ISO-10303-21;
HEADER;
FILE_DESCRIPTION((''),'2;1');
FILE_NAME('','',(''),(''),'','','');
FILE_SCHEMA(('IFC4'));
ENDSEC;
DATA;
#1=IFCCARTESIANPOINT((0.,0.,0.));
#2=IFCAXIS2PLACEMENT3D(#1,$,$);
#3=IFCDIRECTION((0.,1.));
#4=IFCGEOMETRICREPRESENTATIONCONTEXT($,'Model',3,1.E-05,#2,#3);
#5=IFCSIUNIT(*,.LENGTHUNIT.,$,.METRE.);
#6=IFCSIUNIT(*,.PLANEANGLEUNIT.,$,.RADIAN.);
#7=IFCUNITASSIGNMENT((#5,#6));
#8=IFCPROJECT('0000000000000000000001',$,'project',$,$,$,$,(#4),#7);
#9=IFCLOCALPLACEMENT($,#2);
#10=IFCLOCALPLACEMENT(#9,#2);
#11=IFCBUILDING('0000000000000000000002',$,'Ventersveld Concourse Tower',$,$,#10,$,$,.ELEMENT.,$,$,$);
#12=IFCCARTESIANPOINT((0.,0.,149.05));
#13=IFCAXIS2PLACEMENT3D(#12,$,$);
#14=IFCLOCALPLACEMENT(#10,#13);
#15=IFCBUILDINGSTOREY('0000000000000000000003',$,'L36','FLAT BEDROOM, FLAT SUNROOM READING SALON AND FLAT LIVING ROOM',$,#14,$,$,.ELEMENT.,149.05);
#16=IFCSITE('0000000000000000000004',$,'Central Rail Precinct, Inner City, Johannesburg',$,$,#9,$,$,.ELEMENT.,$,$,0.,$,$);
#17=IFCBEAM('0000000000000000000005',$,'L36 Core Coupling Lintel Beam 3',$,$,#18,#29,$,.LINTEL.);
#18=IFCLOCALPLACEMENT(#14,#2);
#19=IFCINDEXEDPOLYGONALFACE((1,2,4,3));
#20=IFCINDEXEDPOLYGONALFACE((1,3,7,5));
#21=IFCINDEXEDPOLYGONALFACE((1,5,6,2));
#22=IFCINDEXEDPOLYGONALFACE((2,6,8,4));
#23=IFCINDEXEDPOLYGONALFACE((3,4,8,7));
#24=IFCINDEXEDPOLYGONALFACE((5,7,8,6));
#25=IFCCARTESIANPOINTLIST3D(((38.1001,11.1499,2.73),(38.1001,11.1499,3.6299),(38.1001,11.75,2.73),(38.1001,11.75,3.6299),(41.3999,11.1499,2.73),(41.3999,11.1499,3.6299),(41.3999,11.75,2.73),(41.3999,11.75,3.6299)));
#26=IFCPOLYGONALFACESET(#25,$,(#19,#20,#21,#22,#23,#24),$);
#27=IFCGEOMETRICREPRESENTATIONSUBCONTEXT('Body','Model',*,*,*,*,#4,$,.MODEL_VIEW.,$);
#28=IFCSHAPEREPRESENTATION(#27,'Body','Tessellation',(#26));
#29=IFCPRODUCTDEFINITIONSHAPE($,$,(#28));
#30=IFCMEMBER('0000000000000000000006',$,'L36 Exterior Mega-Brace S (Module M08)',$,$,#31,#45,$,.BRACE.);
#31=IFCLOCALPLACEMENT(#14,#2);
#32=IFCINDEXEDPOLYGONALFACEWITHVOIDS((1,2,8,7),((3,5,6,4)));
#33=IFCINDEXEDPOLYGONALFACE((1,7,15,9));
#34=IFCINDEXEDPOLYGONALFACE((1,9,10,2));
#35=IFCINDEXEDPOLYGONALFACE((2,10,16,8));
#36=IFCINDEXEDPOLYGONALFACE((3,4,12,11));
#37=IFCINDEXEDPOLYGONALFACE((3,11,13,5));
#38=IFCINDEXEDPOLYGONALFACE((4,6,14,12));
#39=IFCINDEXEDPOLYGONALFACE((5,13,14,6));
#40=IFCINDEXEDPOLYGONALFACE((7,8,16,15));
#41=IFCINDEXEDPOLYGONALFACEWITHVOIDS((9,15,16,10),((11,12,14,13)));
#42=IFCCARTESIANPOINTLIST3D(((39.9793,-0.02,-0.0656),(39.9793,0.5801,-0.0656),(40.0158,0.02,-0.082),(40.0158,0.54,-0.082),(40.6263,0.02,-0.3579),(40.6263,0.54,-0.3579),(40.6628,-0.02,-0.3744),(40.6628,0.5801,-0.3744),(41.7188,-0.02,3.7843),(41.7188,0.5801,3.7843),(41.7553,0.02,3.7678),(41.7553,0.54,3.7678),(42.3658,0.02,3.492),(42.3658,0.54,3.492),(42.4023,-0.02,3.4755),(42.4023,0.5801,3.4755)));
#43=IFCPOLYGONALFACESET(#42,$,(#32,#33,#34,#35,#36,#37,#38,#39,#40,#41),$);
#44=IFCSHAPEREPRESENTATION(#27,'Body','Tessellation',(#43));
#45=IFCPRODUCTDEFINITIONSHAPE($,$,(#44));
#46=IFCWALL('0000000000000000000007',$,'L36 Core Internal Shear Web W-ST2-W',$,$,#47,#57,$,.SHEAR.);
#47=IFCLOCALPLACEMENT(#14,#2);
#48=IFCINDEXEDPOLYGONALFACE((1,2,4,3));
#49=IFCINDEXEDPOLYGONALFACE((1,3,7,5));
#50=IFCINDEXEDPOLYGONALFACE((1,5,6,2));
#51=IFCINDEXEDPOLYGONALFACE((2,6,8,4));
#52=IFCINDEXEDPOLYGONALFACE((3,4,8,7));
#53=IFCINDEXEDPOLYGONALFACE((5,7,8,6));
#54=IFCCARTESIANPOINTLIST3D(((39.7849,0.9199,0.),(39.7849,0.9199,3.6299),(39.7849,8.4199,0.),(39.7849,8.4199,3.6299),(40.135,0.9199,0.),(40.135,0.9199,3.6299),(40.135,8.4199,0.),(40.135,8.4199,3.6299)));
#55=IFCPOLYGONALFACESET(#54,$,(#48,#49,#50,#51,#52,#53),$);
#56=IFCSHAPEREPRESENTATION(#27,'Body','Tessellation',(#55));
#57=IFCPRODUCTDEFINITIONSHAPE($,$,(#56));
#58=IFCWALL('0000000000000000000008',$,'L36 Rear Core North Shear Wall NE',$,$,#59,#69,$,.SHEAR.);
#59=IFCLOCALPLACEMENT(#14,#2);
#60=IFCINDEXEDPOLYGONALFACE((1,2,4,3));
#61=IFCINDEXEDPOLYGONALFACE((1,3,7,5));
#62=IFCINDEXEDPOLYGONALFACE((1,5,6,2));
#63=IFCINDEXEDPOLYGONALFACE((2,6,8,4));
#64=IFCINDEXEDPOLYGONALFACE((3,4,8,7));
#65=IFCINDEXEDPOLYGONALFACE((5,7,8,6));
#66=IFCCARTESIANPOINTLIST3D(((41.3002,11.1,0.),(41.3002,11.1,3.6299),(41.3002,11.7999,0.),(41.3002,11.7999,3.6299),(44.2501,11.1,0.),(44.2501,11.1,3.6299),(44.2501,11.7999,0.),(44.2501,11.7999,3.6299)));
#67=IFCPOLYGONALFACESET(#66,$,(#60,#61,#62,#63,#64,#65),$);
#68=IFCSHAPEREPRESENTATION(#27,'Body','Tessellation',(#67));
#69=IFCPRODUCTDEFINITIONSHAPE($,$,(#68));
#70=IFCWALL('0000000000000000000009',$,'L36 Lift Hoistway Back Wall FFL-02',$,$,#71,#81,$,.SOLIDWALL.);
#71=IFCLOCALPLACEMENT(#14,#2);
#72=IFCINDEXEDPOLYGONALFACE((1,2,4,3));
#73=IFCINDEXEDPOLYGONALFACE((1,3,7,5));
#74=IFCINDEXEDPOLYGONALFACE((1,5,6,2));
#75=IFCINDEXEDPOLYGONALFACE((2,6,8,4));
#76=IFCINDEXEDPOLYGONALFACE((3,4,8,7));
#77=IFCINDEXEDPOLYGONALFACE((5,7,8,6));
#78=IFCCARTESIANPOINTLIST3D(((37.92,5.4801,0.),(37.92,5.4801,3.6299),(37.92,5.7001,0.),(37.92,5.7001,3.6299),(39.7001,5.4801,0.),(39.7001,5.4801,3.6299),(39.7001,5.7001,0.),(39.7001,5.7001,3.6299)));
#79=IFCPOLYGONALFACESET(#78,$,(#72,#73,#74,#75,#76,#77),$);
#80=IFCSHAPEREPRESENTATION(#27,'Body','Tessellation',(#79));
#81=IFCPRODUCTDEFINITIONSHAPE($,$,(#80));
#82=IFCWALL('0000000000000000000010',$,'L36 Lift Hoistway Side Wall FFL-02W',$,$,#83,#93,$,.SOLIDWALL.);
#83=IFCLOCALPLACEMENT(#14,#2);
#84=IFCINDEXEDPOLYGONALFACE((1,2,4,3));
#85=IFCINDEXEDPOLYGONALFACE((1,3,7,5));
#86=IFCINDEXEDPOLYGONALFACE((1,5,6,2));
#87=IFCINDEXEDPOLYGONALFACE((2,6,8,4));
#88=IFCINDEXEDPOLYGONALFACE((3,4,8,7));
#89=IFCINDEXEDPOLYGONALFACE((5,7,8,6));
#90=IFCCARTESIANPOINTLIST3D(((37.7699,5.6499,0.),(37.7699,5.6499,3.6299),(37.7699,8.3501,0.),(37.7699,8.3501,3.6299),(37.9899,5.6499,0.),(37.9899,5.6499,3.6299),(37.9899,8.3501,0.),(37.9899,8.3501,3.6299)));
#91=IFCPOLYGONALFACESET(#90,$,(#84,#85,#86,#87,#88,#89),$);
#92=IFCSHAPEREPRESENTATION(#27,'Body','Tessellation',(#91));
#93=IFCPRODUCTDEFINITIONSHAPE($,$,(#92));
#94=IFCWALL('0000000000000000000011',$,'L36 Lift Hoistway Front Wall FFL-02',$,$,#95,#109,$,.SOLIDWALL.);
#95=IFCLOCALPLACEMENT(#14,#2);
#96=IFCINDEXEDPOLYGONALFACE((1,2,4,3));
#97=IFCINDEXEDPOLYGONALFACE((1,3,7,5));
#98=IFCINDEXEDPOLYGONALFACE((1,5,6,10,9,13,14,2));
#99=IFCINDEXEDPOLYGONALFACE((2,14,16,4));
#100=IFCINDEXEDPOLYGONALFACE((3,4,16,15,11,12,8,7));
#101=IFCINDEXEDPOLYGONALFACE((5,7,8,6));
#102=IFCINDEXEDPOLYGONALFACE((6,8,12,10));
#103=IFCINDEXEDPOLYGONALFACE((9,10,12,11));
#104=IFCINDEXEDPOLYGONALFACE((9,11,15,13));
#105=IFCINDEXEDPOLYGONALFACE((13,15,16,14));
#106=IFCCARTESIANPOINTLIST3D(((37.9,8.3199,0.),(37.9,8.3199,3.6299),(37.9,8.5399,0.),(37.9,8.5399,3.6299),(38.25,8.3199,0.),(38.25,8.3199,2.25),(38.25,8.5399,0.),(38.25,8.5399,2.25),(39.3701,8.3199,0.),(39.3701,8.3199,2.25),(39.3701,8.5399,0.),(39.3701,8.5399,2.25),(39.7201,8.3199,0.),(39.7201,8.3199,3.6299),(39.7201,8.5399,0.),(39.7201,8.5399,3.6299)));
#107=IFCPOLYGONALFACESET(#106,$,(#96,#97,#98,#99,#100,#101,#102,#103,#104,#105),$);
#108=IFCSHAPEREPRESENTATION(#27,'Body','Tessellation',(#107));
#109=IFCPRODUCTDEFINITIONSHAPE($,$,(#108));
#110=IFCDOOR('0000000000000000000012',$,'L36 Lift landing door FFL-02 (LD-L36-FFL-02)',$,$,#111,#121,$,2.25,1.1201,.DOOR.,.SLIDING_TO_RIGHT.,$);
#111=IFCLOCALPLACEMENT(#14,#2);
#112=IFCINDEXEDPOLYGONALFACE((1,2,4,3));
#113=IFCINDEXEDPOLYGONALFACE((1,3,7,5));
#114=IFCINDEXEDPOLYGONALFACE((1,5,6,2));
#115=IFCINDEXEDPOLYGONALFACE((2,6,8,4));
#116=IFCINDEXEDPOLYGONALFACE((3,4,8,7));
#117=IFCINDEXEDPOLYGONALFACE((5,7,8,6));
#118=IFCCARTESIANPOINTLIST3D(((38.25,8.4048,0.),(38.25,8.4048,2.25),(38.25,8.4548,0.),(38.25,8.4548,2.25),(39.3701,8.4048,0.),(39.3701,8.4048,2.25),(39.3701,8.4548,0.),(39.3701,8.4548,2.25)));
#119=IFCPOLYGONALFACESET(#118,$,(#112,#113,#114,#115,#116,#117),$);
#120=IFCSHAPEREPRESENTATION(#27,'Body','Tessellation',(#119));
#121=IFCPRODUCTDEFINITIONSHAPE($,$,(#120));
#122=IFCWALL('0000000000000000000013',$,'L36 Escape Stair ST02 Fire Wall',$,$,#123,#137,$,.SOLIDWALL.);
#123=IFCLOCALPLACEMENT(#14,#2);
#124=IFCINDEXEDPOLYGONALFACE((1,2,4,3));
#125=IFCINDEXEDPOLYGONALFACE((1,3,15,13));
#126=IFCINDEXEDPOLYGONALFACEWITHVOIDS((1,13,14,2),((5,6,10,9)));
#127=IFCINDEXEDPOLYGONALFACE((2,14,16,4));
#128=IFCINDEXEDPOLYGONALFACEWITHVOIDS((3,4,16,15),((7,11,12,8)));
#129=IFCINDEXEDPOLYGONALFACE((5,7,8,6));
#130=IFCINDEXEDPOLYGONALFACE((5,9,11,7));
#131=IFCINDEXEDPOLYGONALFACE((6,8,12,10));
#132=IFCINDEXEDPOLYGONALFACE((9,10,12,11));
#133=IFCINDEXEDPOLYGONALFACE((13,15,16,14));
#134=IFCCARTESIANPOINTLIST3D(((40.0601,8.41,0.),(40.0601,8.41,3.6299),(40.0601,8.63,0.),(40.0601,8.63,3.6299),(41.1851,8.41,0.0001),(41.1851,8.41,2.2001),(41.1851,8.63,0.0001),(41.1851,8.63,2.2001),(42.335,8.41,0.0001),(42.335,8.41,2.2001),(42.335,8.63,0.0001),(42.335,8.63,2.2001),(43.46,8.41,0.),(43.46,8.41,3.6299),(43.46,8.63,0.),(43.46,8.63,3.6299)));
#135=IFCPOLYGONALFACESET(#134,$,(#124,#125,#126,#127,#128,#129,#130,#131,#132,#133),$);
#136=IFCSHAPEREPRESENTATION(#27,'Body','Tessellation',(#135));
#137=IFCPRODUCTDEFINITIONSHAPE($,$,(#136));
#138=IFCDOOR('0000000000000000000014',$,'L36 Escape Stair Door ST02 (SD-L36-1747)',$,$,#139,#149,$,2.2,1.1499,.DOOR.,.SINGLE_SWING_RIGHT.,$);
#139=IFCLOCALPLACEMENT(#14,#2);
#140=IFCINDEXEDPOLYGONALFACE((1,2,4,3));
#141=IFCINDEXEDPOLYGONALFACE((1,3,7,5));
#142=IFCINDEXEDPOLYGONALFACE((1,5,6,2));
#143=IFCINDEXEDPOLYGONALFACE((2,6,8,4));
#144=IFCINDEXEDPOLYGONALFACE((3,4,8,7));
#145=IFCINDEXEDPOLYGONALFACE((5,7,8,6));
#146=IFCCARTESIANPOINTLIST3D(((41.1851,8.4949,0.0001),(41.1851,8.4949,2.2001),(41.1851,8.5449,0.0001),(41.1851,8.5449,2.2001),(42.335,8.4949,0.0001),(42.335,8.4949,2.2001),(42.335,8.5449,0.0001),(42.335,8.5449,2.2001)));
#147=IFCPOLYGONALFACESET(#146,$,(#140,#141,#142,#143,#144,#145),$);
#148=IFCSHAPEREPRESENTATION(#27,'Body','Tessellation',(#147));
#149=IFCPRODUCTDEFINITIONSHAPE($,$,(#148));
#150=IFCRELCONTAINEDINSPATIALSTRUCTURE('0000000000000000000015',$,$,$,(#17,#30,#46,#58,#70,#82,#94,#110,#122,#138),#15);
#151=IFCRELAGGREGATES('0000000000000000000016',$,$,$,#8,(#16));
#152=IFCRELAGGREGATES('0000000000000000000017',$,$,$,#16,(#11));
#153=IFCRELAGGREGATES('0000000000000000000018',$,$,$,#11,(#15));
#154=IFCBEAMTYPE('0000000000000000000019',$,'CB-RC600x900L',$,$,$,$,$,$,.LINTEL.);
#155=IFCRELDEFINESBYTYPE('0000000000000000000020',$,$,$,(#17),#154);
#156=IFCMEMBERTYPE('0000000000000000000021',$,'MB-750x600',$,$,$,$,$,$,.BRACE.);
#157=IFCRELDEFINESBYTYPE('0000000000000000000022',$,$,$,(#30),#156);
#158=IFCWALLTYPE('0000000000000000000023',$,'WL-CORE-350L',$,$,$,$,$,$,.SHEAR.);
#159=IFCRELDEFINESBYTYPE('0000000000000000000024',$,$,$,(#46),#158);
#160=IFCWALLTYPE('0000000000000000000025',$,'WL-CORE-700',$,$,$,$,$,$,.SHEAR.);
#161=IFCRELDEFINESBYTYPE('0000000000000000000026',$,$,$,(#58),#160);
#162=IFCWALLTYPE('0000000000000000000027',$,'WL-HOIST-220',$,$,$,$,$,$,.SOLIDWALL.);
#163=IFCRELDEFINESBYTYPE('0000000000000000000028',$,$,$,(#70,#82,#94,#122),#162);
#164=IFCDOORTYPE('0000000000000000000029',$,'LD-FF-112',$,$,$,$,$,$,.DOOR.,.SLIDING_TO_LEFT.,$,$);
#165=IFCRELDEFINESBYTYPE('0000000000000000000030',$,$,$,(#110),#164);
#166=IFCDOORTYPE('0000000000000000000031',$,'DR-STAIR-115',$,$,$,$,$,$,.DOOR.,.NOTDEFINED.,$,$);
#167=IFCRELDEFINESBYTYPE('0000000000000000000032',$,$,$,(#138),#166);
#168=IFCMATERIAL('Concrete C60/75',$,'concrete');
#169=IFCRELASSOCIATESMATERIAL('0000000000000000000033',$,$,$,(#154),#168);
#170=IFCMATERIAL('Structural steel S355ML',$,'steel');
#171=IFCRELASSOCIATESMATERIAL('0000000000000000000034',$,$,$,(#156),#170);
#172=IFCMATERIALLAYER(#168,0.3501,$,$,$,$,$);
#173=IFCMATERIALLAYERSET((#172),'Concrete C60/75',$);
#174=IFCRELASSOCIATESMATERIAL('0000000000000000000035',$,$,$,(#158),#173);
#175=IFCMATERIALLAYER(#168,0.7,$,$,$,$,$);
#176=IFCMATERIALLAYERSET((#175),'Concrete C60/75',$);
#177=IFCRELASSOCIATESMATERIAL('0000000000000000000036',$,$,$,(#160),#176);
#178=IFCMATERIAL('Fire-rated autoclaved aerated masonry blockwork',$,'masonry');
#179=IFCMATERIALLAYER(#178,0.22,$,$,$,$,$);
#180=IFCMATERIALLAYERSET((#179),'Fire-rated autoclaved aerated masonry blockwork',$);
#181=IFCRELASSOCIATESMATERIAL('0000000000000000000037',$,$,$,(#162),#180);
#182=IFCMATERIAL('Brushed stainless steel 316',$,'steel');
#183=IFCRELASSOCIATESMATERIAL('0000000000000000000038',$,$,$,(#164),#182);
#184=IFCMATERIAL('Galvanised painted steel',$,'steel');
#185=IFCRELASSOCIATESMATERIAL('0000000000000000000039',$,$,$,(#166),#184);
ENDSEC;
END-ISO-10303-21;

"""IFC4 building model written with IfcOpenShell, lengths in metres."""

from ifc_helpers import new_model, si_unit, direction, frame, frame_2d, origin, origin_2d, place, context, subcontext, project, spatial, rectangle, hollow_rectangle, extrude, material, layer, layer_set, material_profile, profile_set, type_object, element, fill, save


model = new_model("IFC4")

# Units and contexts
model_context = context("Model", 3, precision=1e-05, world=origin(), true_north=direction((0.0, 1.0)))
body_context = subcontext(model_context, "Body", "Model", "MODEL_VIEW")
ifc_project = project(units=[si_unit("LENGTHUNIT", "METRE"), si_unit("PLANEANGLEUNIT", "RADIAN")], contexts=[model_context])

# Site, building, storey
site_placement = place(None, origin())
site = spatial("IfcSite", under=ifc_project, at=site_placement, Name="Central Rail Precinct, Inner City, Johannesburg", CompositionType="ELEMENT", RefElevation=0.0)
building_placement = place(site_placement, origin())
building = spatial("IfcBuilding", under=site, at=building_placement, Name="Ventersveld Concourse Tower", CompositionType="ELEMENT")
storey_placement = place(building_placement, frame((0.0, 0.0, 149.05)))
storey = spatial("IfcBuildingStorey", under=building, at=storey_placement, Name="L36", Description="FLAT BEDROOM, FLAT SUNROOM READING SALON AND FLAT LIVING ROOM", CompositionType="ELEMENT", Elevation=149.05)

# Beam
ifc_material_1 = material(Name="Concrete C60/75", Category="concrete")
ifc_material_profile_1 = material_profile(ifc_material_1, rectangle(XDim=0.6001, YDim=0.8999, at=origin_2d()), Name="RC 600x900")
ifc_profile_set_1 = profile_set([ifc_material_profile_1], Name="Concrete C60/75")
beam_type = type_object("IfcBeamType", Name="CB-RC600x900L", PredefinedType="LINTEL", material=ifc_profile_set_1)
beam_placement = place(storey_placement, frame((38.1001, 11.45, 3.1799), z_axis=(1.0, 0.0, 0.0), x_axis=(0.0, 1.0, 0.0)))
element("IfcBeam", 1, at=beam_placement, inside=storey, type_object=beam_type, Name="L36 Core Coupling Lintel Beam 3", PredefinedType="LINTEL", context=body_context, shape_type="SweptSolid", body=[
    extrude(rectangle(XDim=0.6001, YDim=0.8999, at=origin_2d()), origin(), (0.0, 0.0, 1.0), 3.2998),
])

# Member
ifc_material_2 = material(Name="Structural steel S355ML", Category="steel")
ifc_material_profile_2 = material_profile(ifc_material_2, hollow_rectangle(XDim=0.6001, YDim=0.75, WallThickness=0.04, at=origin_2d()), Name="BOX 750x600x40")
ifc_profile_set_2 = profile_set([ifc_material_profile_2], Name="Structural steel S355ML")
member_type = type_object("IfcMemberType", Name="MB-750x600", PredefinedType="BRACE", material=ifc_profile_set_2)
member_placement = place(storey_placement, frame((40.321, 0.28, -0.22), z_axis=(0.411755, 0.0, 0.911294), x_axis=(0.0, 1.0, 0.0)))
element("IfcMember", 2, at=member_placement, inside=storey, type_object=member_type, Name="L36 Exterior Mega-Brace S (Module M08)", PredefinedType="BRACE", context=body_context, shape_type="SweptSolid", body=[
    extrude(hollow_rectangle(XDim=0.6001, YDim=0.75, WallThickness=0.04, at=origin_2d()), origin(), (0.0, 0.0, 1.0), 4.2246),
])

# Walls
ifc_layer_1 = layer(ifc_material_1, 0.3501)
ifc_layer_set_1 = layer_set([ifc_layer_1], Name="Concrete C60/75")
wall_type_1 = type_object("IfcWallType", Name="WL-CORE-350L", PredefinedType="SHEAR", material=ifc_layer_set_1)
wall_1_placement = place(storey_placement, frame((39.96, 0.9199, 0.0), z_axis=(0.0, 0.0, 1.0), x_axis=(0.0, 1.0, 0.0)))
element("IfcWall", 3, at=wall_1_placement, inside=storey, type_object=wall_type_1, Name="L36 Core Internal Shear Web W-ST2-W", PredefinedType="SHEAR", context=body_context, shape_type="SweptSolid", body=[
    extrude(rectangle(XDim=7.5, YDim=0.3501, at=frame_2d((3.75, 0.0))), origin(), (0.0, 0.0, 1.0), 3.6299),
])
ifc_layer_2 = layer(ifc_material_1, 0.7)
ifc_layer_set_2 = layer_set([ifc_layer_2], Name="Concrete C60/75")
wall_type_2 = type_object("IfcWallType", Name="WL-CORE-700", PredefinedType="SHEAR", material=ifc_layer_set_2)
wall_2_placement = place(storey_placement, frame((41.3, 11.45, 0.0), z_axis=(0.0, 0.0, 1.0), x_axis=(1.0, 0.0, 0.0)))
element("IfcWall", 4, at=wall_2_placement, inside=storey, type_object=wall_type_2, Name="L36 Rear Core North Shear Wall NE", PredefinedType="SHEAR", context=body_context, shape_type="SweptSolid", body=[
    extrude(rectangle(XDim=2.95, YDim=0.7, at=frame_2d((1.4751, 0.0))), origin(), (0.0, 0.0, 1.0), 3.6299),
])
ifc_material_3 = material(Name="Fire-rated autoclaved aerated masonry blockwork", Category="masonry")
ifc_layer_3 = layer(ifc_material_3, 0.22)
ifc_layer_set_3 = layer_set([ifc_layer_3], Name="Fire-rated autoclaved aerated masonry blockwork")
wall_type_3 = type_object("IfcWallType", Name="WL-HOIST-220", PredefinedType="SOLIDWALL", material=ifc_layer_set_3)
wall_3_placement = place(storey_placement, frame((37.9199, 5.5901, 0.0), z_axis=(0.0, 0.0, 1.0), x_axis=(1.0, 0.0, 0.0)))
element("IfcWall", 5, at=wall_3_placement, inside=storey, type_object=wall_type_3, Name="L36 Lift Hoistway Back Wall FFL-02", PredefinedType="SOLIDWALL", context=body_context, shape_type="SweptSolid", body=[
    extrude(rectangle(XDim=1.78, YDim=0.22, at=frame_2d((0.8901, 0.0))), origin(), (0.0, 0.0, 1.0), 3.6299),
])
wall_4_placement = place(storey_placement, frame((37.8799, 5.6499, 0.0), z_axis=(0.0, 0.0, 1.0), x_axis=(0.0, 1.0, 0.0)))
element("IfcWall", 6, at=wall_4_placement, inside=storey, type_object=wall_type_3, Name="L36 Lift Hoistway Side Wall FFL-02W", PredefinedType="SOLIDWALL", context=body_context, shape_type="SweptSolid", body=[
    extrude(rectangle(XDim=2.7002, YDim=0.22, at=frame_2d((1.3501, 0.0))), origin(), (0.0, 0.0, 1.0), 3.6299),
])

# Walls, openings, doors
wall_5_placement = place(storey_placement, frame((37.8999, 8.4299, 0.0), z_axis=(0.0, 0.0, 1.0), x_axis=(1.0, 0.0, 0.0)))
wall_5 = element("IfcWall", 7, at=wall_5_placement, inside=storey, type_object=wall_type_3, Name="L36 Lift Hoistway Front Wall FFL-02", PredefinedType="SOLIDWALL", context=body_context, shape_type="SweptSolid", body=[
    extrude(rectangle(XDim=1.8201, YDim=0.22, at=frame_2d((0.9102, 0.0))), origin(), (0.0, 0.0, 1.0), 3.6299),
])
opening_1_placement = place(wall_5_placement, frame((0.3501, 0.0, 0.0)))
opening_1 = element("IfcOpeningElement", 8, at=opening_1_placement, cuts=wall_5, PredefinedType="OPENING", context=body_context, shape_type="SweptSolid", body=[
    extrude(rectangle(XDim=1.1201, YDim=2.25, at=frame_2d((0.5601, 1.125))), frame((0.0, 0.1201, 0.0), z_axis=(0.0, -1.0, 0.0), x_axis=(1.0, 0.0, 0.0)), (0.0, 0.0, 1.0), 0.24),
])
ifc_material_4 = material(Name="Brushed stainless steel 316", Category="steel")
door_type_1 = type_object("IfcDoorType", Name="LD-FF-112", OperationType="SLIDING_TO_LEFT", PredefinedType="DOOR", material=ifc_material_4)
door_1_placement = place(opening_1_placement, origin())
door_1 = element("IfcDoor", 9, at=door_1_placement, inside=storey, type_object=door_type_1, Name="L36 Lift landing door FFL-02 (LD-L36-FFL-02)", OperationType="SLIDING_TO_RIGHT", OverallHeight=2.25, OverallWidth=1.1201, PredefinedType="DOOR", context=body_context, shape_type="SweptSolid", body=[
    extrude(rectangle(XDim=1.1201, YDim=2.25, at=frame_2d((0.5601, 1.125))), frame((0.0, 0.0249, 0.0), z_axis=(0.0, -1.0, 0.0), x_axis=(1.0, 0.0, 0.0)), (0.0, 0.0, 1.0), 0.05),
])
fill(opening_1, door_1)
wall_6_placement = place(storey_placement, frame((40.0601, 8.52, 0.0), z_axis=(0.0, 0.0, 1.0), x_axis=(1.0, 0.0, 0.0)))
wall_6 = element("IfcWall", 10, at=wall_6_placement, inside=storey, type_object=wall_type_3, Name="L36 Escape Stair ST02 Fire Wall", PredefinedType="SOLIDWALL", context=body_context, shape_type="SweptSolid", body=[
    extrude(rectangle(XDim=3.3999, YDim=0.22, at=frame_2d((1.7, 0.0))), origin(), (0.0, 0.0, 1.0), 3.6299),
])
opening_2_placement = place(wall_6_placement, frame((1.125, 0.0, 0.0)))
opening_2 = element("IfcOpeningElement", 11, at=opening_2_placement, cuts=wall_6, PredefinedType="OPENING", context=body_context, shape_type="SweptSolid", body=[
    extrude(rectangle(XDim=1.1499, YDim=2.2, at=frame_2d((0.575, 1.1001))), frame((0.0, 0.1201, 0.0), z_axis=(0.0, -1.0, 0.0), x_axis=(1.0, 0.0, 0.0)), (0.0, 0.0, 1.0), 0.24),
])
ifc_material_5 = material(Name="Galvanised painted steel", Category="steel")
door_type_2 = type_object("IfcDoorType", Name="DR-STAIR-115", OperationType="NOTDEFINED", PredefinedType="DOOR", material=ifc_material_5)
door_2_placement = place(opening_2_placement, origin())
door_2 = element("IfcDoor", 12, at=door_2_placement, inside=storey, type_object=door_type_2, Name="L36 Escape Stair Door ST02 (SD-L36-1747)", OperationType="SINGLE_SWING_RIGHT", OverallHeight=2.2, OverallWidth=1.1499, PredefinedType="DOOR", context=body_context, shape_type="SweptSolid", body=[
    extrude(rectangle(XDim=1.1499, YDim=2.2, at=frame_2d((0.575, 1.1001))), frame((0.0, 0.0249, 0.0), z_axis=(0.0, -1.0, 0.0), x_axis=(1.0, 0.0, 0.0)), (0.0, 0.0, 1.0), 0.05),
])
fill(opening_2, door_2)

save(model, "model.ifc")
